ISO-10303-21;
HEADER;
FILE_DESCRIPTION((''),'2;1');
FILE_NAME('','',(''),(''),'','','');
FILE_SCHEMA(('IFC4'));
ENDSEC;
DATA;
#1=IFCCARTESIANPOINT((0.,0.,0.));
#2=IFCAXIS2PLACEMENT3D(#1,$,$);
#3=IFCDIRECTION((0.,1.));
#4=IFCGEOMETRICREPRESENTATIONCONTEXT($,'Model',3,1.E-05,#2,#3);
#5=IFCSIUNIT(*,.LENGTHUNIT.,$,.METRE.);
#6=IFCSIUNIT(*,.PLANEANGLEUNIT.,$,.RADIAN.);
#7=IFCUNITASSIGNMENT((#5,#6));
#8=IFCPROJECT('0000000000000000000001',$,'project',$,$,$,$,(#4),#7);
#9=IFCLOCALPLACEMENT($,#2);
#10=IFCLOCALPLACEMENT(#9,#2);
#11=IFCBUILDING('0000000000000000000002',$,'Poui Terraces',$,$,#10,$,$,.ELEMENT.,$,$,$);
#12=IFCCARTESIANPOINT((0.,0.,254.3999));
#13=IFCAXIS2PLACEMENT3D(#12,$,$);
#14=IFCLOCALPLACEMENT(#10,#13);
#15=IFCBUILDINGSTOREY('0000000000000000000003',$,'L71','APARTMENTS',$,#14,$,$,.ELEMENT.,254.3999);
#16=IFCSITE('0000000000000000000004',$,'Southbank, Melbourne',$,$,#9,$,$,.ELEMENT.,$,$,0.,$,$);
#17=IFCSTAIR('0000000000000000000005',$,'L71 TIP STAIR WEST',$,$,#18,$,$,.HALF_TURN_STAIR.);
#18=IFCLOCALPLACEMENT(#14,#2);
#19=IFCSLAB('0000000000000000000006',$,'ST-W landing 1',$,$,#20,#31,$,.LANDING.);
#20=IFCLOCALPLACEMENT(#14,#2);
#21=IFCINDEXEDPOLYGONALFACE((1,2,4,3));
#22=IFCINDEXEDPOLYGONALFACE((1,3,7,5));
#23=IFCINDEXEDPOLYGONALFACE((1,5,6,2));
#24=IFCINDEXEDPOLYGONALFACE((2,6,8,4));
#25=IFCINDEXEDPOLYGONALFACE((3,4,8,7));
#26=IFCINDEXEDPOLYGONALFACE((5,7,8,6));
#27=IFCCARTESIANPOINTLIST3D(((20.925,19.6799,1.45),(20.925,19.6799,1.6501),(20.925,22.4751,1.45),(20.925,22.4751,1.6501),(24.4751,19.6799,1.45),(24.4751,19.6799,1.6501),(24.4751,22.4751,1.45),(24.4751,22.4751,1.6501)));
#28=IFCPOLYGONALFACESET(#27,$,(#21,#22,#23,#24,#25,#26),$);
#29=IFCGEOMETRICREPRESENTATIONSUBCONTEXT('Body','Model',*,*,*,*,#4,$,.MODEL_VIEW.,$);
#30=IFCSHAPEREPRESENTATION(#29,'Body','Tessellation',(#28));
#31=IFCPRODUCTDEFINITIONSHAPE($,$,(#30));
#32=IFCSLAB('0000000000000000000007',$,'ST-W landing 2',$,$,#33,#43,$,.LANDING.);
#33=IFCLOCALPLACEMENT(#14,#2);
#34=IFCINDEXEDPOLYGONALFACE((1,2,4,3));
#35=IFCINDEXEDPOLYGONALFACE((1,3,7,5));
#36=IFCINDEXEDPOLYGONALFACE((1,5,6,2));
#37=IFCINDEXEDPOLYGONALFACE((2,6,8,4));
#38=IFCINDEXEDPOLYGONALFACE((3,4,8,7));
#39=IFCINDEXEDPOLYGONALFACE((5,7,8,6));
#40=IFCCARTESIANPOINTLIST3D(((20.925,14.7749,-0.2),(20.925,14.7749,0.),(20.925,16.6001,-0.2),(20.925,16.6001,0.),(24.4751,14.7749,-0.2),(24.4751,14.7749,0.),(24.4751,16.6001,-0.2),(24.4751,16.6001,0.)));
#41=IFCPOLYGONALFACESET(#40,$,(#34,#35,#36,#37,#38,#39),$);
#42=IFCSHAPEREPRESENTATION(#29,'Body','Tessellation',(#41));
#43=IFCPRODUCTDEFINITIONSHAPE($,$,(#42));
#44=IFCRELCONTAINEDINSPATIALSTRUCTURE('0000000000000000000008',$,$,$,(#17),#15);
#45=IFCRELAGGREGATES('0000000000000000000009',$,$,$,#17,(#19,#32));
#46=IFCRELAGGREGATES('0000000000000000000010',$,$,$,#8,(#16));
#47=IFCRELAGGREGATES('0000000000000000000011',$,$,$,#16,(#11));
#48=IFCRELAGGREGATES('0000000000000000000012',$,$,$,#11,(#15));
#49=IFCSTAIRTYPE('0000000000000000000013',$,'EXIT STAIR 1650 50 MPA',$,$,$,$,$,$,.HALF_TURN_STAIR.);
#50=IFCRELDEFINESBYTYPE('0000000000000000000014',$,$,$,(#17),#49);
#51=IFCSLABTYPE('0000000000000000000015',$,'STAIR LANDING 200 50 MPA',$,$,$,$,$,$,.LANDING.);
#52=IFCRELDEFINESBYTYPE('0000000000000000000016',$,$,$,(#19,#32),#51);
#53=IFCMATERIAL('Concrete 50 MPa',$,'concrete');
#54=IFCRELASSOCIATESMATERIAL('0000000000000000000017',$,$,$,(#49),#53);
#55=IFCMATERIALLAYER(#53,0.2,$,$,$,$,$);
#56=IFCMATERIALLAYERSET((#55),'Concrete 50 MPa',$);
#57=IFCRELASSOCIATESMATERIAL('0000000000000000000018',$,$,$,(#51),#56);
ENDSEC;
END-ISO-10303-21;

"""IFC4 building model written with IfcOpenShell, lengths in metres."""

from ifc_helpers import new_model, si_unit, direction, frame, origin, place, context, subcontext, project, spatial, polyline, outline, extrude, material, layer, layer_set, type_object, element, aggregate, save


model = new_model("IFC4")

# Units and contexts
model_context = context("Model", 3, precision=1e-05, world=origin(), true_north=direction((0.0, 1.0)))
body_context = subcontext(model_context, "Body", "Model", "MODEL_VIEW")
ifc_project = project(units=[si_unit("LENGTHUNIT", "METRE"), si_unit("PLANEANGLEUNIT", "RADIAN")], contexts=[model_context])

# Site, building, storey
site_placement = place(None, origin())
site = spatial("IfcSite", under=ifc_project, at=site_placement, Name="Southbank, Melbourne", CompositionType="ELEMENT", RefElevation=0.0)
building_placement = place(site_placement, origin())
building = spatial("IfcBuilding", under=site, at=building_placement, Name="Poui Terraces", CompositionType="ELEMENT")
storey_placement = place(building_placement, frame((0.0, 0.0, 254.3999)))
storey = spatial("IfcBuildingStorey", under=building, at=storey_placement, Name="L71", Description="APARTMENTS", CompositionType="ELEMENT", Elevation=254.3999)

# Stair, slabs
ifc_material = material(Name="Concrete 50 MPa", Category="concrete")
stair_type = type_object("IfcStairType", Name="EXIT STAIR 1650 50 MPA", PredefinedType="HALF_TURN_STAIR", material=ifc_material)
stair_placement = place(storey_placement, origin())
stair = element("IfcStair", 1, at=stair_placement, inside=storey, type_object=stair_type, Name="L71 TIP STAIR WEST", PredefinedType="HALF_TURN_STAIR")
ifc_layer = layer(ifc_material, 0.2)
ifc_layer_set = layer_set([ifc_layer], Name="Concrete 50 MPa")
slab_type = type_object("IfcSlabType", Name="STAIR LANDING 200 50 MPA", PredefinedType="LANDING", material=ifc_layer_set)
slab_1_placement = place(storey_placement, frame((0.0, 0.0, 1.45)))
slab_1 = element("IfcSlab", 2, at=slab_1_placement, type_object=slab_type, Name="ST-W landing 1", PredefinedType="LANDING", context=body_context, shape_type="SweptSolid", body=[
    extrude(outline(polyline([(20.925, 19.6799), (24.4751, 19.6799), (24.4751, 22.4751), (20.925, 22.4751), (20.925, 19.6799)])), origin(), (0.0, 0.0, 1.0), 0.2002),
])
slab_2_placement = place(storey_placement, frame((0.0, 0.0, -0.2)))
slab_2 = element("IfcSlab", 3, at=slab_2_placement, type_object=slab_type, Name="ST-W landing 2", PredefinedType="LANDING", context=body_context, shape_type="SweptSolid", body=[
    extrude(outline(polyline([(20.925, 14.7749), (24.4751, 14.7749), (24.4751, 16.6001), (20.925, 16.6001), (20.925, 14.7749)])), origin(), (0.0, 0.0, 1.0), 0.2),
])
aggregate(stair, [slab_1, slab_2])

save(model, "model.ifc")
